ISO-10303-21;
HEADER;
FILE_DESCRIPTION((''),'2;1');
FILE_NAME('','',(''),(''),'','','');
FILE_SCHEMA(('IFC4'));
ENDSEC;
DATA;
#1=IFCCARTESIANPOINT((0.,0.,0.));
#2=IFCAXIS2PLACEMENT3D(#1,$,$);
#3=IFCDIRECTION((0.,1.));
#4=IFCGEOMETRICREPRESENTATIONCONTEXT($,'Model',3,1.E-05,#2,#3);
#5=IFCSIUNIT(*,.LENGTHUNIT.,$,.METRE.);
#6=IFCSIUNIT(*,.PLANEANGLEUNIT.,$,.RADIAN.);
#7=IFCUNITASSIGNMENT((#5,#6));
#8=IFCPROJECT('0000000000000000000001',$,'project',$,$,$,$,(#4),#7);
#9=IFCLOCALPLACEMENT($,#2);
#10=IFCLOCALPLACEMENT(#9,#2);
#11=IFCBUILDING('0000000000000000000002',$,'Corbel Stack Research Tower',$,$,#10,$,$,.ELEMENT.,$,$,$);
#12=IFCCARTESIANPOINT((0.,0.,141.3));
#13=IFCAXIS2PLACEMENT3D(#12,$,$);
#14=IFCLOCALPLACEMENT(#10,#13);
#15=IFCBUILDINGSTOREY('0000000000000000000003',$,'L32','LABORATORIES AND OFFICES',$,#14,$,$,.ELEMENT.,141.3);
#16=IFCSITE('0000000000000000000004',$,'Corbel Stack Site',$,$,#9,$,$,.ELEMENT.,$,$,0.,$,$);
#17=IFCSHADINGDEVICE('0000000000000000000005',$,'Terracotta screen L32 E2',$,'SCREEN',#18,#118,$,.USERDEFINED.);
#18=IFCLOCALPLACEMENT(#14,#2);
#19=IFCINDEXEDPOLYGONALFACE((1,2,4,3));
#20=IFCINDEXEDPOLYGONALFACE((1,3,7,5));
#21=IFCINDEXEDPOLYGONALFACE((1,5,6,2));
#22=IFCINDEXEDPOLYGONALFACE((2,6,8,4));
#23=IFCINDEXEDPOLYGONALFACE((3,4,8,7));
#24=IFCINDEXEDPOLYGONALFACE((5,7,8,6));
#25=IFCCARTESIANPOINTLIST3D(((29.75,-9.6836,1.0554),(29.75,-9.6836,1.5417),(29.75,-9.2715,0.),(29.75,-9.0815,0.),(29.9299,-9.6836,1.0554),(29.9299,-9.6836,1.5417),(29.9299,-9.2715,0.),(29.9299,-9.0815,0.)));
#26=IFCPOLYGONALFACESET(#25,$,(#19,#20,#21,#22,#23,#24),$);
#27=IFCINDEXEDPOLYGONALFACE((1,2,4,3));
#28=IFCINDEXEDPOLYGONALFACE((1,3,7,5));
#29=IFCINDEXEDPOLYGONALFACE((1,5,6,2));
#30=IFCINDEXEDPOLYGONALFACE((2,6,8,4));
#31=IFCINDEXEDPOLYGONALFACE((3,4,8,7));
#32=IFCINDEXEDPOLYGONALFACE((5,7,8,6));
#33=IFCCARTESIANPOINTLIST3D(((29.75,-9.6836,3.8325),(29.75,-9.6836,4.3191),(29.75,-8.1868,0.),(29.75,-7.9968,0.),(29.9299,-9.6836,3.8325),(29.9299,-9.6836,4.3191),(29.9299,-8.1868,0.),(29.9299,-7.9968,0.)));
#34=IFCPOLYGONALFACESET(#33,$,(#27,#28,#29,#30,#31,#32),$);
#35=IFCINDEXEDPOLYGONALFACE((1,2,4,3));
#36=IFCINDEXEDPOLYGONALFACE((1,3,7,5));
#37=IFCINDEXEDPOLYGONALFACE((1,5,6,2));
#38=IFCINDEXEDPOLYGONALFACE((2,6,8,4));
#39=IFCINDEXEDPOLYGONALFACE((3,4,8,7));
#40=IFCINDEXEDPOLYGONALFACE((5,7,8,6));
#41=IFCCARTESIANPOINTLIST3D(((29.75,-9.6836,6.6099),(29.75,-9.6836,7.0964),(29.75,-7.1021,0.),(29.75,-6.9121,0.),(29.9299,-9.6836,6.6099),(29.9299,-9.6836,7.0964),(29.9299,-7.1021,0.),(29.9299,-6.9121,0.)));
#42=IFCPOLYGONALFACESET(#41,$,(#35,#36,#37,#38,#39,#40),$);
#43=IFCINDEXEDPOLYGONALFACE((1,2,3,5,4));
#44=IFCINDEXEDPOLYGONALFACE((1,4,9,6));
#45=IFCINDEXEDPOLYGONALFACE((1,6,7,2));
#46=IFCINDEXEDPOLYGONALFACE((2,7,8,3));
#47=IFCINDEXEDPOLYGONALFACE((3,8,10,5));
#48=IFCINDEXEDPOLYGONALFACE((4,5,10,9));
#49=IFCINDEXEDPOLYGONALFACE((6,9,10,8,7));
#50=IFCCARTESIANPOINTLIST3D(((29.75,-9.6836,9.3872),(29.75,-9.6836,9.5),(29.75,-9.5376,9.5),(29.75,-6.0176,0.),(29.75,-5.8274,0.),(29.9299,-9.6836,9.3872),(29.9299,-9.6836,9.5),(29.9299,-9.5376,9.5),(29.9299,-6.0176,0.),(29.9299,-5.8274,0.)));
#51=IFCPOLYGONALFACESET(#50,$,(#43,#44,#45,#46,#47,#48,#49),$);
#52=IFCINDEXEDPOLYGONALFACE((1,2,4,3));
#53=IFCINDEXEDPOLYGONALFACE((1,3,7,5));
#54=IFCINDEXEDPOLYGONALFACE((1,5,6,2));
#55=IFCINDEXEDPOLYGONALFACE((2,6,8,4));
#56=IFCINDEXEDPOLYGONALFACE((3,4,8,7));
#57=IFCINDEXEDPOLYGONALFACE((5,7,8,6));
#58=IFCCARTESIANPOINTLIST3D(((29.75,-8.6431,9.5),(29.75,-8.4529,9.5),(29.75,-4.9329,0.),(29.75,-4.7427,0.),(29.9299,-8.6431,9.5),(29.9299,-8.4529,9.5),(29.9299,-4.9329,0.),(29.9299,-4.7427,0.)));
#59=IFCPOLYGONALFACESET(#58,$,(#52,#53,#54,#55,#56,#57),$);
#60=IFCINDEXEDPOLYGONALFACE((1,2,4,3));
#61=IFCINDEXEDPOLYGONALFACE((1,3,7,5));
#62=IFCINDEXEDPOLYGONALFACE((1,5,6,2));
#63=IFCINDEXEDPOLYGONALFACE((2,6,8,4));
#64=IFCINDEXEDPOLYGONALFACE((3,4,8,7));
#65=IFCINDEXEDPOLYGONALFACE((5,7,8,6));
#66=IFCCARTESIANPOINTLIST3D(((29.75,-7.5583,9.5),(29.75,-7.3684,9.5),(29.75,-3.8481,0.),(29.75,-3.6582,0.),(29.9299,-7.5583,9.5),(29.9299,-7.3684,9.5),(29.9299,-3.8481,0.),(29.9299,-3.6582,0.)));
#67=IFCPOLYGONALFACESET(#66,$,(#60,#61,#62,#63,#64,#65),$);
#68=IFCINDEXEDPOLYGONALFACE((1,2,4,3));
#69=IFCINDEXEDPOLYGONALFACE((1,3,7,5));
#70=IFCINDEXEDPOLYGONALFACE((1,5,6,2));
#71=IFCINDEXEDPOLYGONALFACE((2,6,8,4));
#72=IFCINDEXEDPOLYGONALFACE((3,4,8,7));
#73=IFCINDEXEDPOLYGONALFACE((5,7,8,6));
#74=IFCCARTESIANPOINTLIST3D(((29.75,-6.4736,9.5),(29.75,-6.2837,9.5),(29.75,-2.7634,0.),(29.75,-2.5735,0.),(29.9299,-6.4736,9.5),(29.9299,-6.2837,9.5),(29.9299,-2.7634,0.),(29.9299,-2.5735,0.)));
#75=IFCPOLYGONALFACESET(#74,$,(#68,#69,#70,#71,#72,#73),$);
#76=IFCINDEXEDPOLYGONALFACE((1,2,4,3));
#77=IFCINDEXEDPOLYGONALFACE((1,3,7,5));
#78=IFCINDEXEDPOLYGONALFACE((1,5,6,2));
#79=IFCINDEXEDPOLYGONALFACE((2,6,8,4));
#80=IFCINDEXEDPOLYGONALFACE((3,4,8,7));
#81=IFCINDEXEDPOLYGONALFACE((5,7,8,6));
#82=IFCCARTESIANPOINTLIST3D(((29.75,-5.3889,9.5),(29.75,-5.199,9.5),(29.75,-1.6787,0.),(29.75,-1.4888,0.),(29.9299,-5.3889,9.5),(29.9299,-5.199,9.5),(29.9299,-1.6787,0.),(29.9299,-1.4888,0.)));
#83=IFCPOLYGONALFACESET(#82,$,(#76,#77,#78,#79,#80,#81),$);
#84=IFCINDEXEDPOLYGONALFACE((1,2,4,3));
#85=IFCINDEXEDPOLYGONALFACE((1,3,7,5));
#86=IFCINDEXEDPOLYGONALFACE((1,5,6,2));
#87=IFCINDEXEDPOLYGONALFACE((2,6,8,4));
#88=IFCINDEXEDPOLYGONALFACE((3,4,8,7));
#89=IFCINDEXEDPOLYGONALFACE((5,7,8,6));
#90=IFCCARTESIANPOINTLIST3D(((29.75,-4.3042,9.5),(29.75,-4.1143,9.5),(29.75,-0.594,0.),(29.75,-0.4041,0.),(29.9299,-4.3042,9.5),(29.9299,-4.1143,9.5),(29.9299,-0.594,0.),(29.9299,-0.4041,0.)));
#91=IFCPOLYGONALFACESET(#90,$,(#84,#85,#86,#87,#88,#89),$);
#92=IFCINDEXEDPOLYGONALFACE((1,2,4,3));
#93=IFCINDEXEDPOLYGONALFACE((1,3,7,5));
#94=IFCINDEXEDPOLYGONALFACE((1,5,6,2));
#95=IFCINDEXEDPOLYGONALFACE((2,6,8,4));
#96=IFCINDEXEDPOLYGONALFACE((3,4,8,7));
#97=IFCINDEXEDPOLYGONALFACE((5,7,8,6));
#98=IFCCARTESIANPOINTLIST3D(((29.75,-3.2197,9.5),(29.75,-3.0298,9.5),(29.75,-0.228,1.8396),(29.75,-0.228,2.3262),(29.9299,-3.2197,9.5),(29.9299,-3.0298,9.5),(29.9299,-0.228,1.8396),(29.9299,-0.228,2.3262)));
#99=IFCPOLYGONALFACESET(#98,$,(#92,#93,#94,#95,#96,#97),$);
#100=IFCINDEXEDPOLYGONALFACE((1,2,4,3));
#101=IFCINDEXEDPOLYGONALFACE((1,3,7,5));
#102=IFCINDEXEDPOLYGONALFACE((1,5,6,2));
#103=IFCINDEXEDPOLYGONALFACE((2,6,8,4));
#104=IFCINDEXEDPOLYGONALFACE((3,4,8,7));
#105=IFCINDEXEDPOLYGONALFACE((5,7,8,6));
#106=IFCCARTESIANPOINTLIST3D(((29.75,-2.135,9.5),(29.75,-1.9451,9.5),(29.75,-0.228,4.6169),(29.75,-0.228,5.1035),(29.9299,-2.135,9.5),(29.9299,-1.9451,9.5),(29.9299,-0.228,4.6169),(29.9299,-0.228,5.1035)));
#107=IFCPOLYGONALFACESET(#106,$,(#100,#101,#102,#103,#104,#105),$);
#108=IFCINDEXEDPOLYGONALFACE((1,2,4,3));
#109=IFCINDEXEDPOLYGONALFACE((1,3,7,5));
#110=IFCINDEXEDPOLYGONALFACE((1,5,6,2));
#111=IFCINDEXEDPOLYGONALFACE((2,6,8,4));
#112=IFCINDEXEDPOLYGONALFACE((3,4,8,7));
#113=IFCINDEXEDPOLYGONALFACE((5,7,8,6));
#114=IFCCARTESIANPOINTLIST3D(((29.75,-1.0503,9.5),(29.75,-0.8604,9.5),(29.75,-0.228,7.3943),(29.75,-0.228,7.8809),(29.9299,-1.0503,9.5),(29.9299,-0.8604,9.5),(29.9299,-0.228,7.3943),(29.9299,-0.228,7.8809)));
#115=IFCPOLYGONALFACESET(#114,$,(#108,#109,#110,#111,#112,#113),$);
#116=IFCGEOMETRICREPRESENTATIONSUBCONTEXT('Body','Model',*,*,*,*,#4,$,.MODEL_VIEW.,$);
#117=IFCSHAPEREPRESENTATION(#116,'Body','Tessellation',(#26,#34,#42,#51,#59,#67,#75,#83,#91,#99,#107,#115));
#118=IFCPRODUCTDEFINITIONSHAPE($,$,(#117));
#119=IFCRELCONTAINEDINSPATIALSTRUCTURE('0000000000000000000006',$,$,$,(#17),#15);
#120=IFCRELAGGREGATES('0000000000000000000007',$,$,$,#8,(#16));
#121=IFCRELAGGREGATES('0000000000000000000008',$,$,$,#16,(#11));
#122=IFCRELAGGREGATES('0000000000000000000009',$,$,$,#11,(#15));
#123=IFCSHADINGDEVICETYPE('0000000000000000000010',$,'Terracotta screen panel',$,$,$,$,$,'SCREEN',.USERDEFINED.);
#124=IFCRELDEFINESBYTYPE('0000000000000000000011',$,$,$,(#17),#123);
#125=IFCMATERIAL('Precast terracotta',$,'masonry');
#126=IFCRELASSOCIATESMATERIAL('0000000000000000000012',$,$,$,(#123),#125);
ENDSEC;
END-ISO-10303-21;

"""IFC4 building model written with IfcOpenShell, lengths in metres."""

from ifc_helpers import new_model, si_unit, direction, frame, origin, place, context, subcontext, project, spatial, polyline, outline, extrude, source, transform, mapped, material, type_object, element, save


model = new_model("IFC4")

# Units and contexts
model_context = context("Model", 3, precision=1e-05, world=origin(), true_north=direction((0.0, 1.0)))
body_context = subcontext(model_context, "Body", "Model", "MODEL_VIEW")
ifc_project = project(units=[si_unit("LENGTHUNIT", "METRE"), si_unit("PLANEANGLEUNIT", "RADIAN")], contexts=[model_context])

# Site, building, storey
site_placement = place(None, origin())
site = spatial("IfcSite", under=ifc_project, at=site_placement, Name="Corbel Stack Site", CompositionType="ELEMENT", RefElevation=0.0)
building_placement = place(site_placement, origin())
building = spatial("IfcBuilding", under=site, at=building_placement, Name="Corbel Stack Research Tower", CompositionType="ELEMENT")
storey_placement = place(building_placement, frame((0.0, 0.0, 141.3)))
storey = spatial("IfcBuildingStorey", under=building, at=storey_placement, Name="L32", Description="LABORATORIES AND OFFICES", CompositionType="ELEMENT", Elevation=141.3)

# Shading device
ifc_material_1 = material(Name="Precast terracotta", Category="masonry")
shading_device_type = type_object("IfcShadingDeviceType", Name="Terracotta screen panel", ElementType="SCREEN", PredefinedType="USERDEFINED", material=ifc_material_1)
shared_shape_1 = source(origin(), body_context, "Body", "SweptSolid", [
    extrude(outline(polyline([(0.6021, 0.0), (0.0, 1.5417), (0.0, 1.0554), (0.4121, 0.0), (0.6021, 0.0)])), frame((0.0, 0.0, 0.0), z_axis=(0.0, -1.0, 0.0), x_axis=(1.0, 0.0, 0.0)), (0.0, 0.0, 1.0), 0.1799),
    extrude(outline(polyline([(1.6868, 0.0), (0.0, 4.3191), (0.0, 3.8325), (1.4968, 0.0), (1.6868, 0.0)])), frame((0.0, 0.0, 0.0), z_axis=(0.0, -1.0, 0.0), x_axis=(1.0, 0.0, 0.0)), (0.0, 0.0, 1.0), 0.1799),
    extrude(outline(polyline([(2.7715, 0.0), (0.0, 7.0964), (0.0, 6.6099), (2.5815, 0.0), (2.7715, 0.0)])), frame((0.0, 0.0, 0.0), z_axis=(0.0, -1.0, 0.0), x_axis=(1.0, 0.0, 0.0)), (0.0, 0.0, 1.0), 0.1799),
    extrude(outline(polyline([(3.8562, 0.0), (0.146, 9.5), (0.0, 9.5), (0.0, 9.3872), (3.666, 0.0), (3.8562, 0.0)])), frame((0.0, 0.0, 0.0), z_axis=(0.0, -1.0, 0.0), x_axis=(1.0, 0.0, 0.0)), (0.0, 0.0, 1.0), 0.1799),
    extrude(outline(polyline([(4.9409, 0.0), (1.2307, 9.5), (1.0405, 9.5), (4.7507, 0.0), (4.9409, 0.0)])), frame((0.0, 0.0, 0.0), z_axis=(0.0, -1.0, 0.0), x_axis=(1.0, 0.0, 0.0)), (0.0, 0.0, 1.0), 0.1799),
    extrude(outline(polyline([(6.0254, 0.0), (2.3152, 9.5), (2.1252, 9.5), (5.8354, 0.0), (6.0254, 0.0)])), frame((0.0, 0.0, 0.0), z_axis=(0.0, -1.0, 0.0), x_axis=(1.0, 0.0, 0.0)), (0.0, 0.0, 1.0), 0.1799),
    extrude(outline(polyline([(7.1101, 0.0), (3.3999, 9.5), (3.21, 9.5), (6.9202, 0.0), (7.1101, 0.0)])), frame((0.0, 0.0, 0.0), z_axis=(0.0, -1.0, 0.0), x_axis=(1.0, 0.0, 0.0)), (0.0, 0.0, 1.0), 0.1799),
    extrude(outline(polyline([(8.1948, 0.0), (4.4846, 9.5), (4.2947, 9.5), (8.0049, 0.0), (8.1948, 0.0)])), frame((0.0, 0.0, 0.0), z_axis=(0.0, -1.0, 0.0), x_axis=(1.0, 0.0, 0.0)), (0.0, 0.0, 1.0), 0.1799),
    extrude(outline(polyline([(9.2795, 0.0), (5.5693, 9.5), (5.3794, 9.5), (9.0896, 0.0), (9.2795, 0.0)])), frame((0.0, 0.0, 0.0), z_axis=(0.0, -1.0, 0.0), x_axis=(1.0, 0.0, 0.0)), (0.0, 0.0, 1.0), 0.1799),
    extrude(outline(polyline([(6.6538, 9.5), (6.4639, 9.5), (9.4556, 1.8396), (9.4556, 2.3262), (6.6538, 9.5)])), frame((0.0, 0.0, 0.0), z_axis=(0.0, -1.0, 0.0), x_axis=(1.0, 0.0, 0.0)), (0.0, 0.0, 1.0), 0.1799),
    extrude(outline(polyline([(7.7385, 9.5), (7.5486, 9.5), (9.4556, 4.6169), (9.4556, 5.1035), (7.7385, 9.5)])), frame((0.0, 0.0, 0.0), z_axis=(0.0, -1.0, 0.0), x_axis=(1.0, 0.0, 0.0)), (0.0, 0.0, 1.0), 0.1799),
    extrude(outline(polyline([(8.8232, 9.5), (8.6333, 9.5), (9.4556, 7.3943), (9.4556, 7.8809), (8.8232, 9.5)])), frame((0.0, 0.0, 0.0), z_axis=(0.0, -1.0, 0.0), x_axis=(1.0, 0.0, 0.0)), (0.0, 0.0, 1.0), 0.1799),
])
shading_device_1_placement = place(storey_placement, frame((29.75, -9.6836, 0.0), z_axis=(0.0, 0.0, 1.0), x_axis=(0.0, 1.0, 0.0)))
element("IfcShadingDevice", 1, at=shading_device_1_placement, inside=storey, type_object=shading_device_type, Name="Terracotta screen L32 E2", ObjectType="SCREEN", PredefinedType="USERDEFINED", context=body_context, shape_type="MappedRepresentation", body=[
    mapped(shared_shape_1, transform((0.0, 0.0, 0.0))),
])

save(model, "model.ifc")
